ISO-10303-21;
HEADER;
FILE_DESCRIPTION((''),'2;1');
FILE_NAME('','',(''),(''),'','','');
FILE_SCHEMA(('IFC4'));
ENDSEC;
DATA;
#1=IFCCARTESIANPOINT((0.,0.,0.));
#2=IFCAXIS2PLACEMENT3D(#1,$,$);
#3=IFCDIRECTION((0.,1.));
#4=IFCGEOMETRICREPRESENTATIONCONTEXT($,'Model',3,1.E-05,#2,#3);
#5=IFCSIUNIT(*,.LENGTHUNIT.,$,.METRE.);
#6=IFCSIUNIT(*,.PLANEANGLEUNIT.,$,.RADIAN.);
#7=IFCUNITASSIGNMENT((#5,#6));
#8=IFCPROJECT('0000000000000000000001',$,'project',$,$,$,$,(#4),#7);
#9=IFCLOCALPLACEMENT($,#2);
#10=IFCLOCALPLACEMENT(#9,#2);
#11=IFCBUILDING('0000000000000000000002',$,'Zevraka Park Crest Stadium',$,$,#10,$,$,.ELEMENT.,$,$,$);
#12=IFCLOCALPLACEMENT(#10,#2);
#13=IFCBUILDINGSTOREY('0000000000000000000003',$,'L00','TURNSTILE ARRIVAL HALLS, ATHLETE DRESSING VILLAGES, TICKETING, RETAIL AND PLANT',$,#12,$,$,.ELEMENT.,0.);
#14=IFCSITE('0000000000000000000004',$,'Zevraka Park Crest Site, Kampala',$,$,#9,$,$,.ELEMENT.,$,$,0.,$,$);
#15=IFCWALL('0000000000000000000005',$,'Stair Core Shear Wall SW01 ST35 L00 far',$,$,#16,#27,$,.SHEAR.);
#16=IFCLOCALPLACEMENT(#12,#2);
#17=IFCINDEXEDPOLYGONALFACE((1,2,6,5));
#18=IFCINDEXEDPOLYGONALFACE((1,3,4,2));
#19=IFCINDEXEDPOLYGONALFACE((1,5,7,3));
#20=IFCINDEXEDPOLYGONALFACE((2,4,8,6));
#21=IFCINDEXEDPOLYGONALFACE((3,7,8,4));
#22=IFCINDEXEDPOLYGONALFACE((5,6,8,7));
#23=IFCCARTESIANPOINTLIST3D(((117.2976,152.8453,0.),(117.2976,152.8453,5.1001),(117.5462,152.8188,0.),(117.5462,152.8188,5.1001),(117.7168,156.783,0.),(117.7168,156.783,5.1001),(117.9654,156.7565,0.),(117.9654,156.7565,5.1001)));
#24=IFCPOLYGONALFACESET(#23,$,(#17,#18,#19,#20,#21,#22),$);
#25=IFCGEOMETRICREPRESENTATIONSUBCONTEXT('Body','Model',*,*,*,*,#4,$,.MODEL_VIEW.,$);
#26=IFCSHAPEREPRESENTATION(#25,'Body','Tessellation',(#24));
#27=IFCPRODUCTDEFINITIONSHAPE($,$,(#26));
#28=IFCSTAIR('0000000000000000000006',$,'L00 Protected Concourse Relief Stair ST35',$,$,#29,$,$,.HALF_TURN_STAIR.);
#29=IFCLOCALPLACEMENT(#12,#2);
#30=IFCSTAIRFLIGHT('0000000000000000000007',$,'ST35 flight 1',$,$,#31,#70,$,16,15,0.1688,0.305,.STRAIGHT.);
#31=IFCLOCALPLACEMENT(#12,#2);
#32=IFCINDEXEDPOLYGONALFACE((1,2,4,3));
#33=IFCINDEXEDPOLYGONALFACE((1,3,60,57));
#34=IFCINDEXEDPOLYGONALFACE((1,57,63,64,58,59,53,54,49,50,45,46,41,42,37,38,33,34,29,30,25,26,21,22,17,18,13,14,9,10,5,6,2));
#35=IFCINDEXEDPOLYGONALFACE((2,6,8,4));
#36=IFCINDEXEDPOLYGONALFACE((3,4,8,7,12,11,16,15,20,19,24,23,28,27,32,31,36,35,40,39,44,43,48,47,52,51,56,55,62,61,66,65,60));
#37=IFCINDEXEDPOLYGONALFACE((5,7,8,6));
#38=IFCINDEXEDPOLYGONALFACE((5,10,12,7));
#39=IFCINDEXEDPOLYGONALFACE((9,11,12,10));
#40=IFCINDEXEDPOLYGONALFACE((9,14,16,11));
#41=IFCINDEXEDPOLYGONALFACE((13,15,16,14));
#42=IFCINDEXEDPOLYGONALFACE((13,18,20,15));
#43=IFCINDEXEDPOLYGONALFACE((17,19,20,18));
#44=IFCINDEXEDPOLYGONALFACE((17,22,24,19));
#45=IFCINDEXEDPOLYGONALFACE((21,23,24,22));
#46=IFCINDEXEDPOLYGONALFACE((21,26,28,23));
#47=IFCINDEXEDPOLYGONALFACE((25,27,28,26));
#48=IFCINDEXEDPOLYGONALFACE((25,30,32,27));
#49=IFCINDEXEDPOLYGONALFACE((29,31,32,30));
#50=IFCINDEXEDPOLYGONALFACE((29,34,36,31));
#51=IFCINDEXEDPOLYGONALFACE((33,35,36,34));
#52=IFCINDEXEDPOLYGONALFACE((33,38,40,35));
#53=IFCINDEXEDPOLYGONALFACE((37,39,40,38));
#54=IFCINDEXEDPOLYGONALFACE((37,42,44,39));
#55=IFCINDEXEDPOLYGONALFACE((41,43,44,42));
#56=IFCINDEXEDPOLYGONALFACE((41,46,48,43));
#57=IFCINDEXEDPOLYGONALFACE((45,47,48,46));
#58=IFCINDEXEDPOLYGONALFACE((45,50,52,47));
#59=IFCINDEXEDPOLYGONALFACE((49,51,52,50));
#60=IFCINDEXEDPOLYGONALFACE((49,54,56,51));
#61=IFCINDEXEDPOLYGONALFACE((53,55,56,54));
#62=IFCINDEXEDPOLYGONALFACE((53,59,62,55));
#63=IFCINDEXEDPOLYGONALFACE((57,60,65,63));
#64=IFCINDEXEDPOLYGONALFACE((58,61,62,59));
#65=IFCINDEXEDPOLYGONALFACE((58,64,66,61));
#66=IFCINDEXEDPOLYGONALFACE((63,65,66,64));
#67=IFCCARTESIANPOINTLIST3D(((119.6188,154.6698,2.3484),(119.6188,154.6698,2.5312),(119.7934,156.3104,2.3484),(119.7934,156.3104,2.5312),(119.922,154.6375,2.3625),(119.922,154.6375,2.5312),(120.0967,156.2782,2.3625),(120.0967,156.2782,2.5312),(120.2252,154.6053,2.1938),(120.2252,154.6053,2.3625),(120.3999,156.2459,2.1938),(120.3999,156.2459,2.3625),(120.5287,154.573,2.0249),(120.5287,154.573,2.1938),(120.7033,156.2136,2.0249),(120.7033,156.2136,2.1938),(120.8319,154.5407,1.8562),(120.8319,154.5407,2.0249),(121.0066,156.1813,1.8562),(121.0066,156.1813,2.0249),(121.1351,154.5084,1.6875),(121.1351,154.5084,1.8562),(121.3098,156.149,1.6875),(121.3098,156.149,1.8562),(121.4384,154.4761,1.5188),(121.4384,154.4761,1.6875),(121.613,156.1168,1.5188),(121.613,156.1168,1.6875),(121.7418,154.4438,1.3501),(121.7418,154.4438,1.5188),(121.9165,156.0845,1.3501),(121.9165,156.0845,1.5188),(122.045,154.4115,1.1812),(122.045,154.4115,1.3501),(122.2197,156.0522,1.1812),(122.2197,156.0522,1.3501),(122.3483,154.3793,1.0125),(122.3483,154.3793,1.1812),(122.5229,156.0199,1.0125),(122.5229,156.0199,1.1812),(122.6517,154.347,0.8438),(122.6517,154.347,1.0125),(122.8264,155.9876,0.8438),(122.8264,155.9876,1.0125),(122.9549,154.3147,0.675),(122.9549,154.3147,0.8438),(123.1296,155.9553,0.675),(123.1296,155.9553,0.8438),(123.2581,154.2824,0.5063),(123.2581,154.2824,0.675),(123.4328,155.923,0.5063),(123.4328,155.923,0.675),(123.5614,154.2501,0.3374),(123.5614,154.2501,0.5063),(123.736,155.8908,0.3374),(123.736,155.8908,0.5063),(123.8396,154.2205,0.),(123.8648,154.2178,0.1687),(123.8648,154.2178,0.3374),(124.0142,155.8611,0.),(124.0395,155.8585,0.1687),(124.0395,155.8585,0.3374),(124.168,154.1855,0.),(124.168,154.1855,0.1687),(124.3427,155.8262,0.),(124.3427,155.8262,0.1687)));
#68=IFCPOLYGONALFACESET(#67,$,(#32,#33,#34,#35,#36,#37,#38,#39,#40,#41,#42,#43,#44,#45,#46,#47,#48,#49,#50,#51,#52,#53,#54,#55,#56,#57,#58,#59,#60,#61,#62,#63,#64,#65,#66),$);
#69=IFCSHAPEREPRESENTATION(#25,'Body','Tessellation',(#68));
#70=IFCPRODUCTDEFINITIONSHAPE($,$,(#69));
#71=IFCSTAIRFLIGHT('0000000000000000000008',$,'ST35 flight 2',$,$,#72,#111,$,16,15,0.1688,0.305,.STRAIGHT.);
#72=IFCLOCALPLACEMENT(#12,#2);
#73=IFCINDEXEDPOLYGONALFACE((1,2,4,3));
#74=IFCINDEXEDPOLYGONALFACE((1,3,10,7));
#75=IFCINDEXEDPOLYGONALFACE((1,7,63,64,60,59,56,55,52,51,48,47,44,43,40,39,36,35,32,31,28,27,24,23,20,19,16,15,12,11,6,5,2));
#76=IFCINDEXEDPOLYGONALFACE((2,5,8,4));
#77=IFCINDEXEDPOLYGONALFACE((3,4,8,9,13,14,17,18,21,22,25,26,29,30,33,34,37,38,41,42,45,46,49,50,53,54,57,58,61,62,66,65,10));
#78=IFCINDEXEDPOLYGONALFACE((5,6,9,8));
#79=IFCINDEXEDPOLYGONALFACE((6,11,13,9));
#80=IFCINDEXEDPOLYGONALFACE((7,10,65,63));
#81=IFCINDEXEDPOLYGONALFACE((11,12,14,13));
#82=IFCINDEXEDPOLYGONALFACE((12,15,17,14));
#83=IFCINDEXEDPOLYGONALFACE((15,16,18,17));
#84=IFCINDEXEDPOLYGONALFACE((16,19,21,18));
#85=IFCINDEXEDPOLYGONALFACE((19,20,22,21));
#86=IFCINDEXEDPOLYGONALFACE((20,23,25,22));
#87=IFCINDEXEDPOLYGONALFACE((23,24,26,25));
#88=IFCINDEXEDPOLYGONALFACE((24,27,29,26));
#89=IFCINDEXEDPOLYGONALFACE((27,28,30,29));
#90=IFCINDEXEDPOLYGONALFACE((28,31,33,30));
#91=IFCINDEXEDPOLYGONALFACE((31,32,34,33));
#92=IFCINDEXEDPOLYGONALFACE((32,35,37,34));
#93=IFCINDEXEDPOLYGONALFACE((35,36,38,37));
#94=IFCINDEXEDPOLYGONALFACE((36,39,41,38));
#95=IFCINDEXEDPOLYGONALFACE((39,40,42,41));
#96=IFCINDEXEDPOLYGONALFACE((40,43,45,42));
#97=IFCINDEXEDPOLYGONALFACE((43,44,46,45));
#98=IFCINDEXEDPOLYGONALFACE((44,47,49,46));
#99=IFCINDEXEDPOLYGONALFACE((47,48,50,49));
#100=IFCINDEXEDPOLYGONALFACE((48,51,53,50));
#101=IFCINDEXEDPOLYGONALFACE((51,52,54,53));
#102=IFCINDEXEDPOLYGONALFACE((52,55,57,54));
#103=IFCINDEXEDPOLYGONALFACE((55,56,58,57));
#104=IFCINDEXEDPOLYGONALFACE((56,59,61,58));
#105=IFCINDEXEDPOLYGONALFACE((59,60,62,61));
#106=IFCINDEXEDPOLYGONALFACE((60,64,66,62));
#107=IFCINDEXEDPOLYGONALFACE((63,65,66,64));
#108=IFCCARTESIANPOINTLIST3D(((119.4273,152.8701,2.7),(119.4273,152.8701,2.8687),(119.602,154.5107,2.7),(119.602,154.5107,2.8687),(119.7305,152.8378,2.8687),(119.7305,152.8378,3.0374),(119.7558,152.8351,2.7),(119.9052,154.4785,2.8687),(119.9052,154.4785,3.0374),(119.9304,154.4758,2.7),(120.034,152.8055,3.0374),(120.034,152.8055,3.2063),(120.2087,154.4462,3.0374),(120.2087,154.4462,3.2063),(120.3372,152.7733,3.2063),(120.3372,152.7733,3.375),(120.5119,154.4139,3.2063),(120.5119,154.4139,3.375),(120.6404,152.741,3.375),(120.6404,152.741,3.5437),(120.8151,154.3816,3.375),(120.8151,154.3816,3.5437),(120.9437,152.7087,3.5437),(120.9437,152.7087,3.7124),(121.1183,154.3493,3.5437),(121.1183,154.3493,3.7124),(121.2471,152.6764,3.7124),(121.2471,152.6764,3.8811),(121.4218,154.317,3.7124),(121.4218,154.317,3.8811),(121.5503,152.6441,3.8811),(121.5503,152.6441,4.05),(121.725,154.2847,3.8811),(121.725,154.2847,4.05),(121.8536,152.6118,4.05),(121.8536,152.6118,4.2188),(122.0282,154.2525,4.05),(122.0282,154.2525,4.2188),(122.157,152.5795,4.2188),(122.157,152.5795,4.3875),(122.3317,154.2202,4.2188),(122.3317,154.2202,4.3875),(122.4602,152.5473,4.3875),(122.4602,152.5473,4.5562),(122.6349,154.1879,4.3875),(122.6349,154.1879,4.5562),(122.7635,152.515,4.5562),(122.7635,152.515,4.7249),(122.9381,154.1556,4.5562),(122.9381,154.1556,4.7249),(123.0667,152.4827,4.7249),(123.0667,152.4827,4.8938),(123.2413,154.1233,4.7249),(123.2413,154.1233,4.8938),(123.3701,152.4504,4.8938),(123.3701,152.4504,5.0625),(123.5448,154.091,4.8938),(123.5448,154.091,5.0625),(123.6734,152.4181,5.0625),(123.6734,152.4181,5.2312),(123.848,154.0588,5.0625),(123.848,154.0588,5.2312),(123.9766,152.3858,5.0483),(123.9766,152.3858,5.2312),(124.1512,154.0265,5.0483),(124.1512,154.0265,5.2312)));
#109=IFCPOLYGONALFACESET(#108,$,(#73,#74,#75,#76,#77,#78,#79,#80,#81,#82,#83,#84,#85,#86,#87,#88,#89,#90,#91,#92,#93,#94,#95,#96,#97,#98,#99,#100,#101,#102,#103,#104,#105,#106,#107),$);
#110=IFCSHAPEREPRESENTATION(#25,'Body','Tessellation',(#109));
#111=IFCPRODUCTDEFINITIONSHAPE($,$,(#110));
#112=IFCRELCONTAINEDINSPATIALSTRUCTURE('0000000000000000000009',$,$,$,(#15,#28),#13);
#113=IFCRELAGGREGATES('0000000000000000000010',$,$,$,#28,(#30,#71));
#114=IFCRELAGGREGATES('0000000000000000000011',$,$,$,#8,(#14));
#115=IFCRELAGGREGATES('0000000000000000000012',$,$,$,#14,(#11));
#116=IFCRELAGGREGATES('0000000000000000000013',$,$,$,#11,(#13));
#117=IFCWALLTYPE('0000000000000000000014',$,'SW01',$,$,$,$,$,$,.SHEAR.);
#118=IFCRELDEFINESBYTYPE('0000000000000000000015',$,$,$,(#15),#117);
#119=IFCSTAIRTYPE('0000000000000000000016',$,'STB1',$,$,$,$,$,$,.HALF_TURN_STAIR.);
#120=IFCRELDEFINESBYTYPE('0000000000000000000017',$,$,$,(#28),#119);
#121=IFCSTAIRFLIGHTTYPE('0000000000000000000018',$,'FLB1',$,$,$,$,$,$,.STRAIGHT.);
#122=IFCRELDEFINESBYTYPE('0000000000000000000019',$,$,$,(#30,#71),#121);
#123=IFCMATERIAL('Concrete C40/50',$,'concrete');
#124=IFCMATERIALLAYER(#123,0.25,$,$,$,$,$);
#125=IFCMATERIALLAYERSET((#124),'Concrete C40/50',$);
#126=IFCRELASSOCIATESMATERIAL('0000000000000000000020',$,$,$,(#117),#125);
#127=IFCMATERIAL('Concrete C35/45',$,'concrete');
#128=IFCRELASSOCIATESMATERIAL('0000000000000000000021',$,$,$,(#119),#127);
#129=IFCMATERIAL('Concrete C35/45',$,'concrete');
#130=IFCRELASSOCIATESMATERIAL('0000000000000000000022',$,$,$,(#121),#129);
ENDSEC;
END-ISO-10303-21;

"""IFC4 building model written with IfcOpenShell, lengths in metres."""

from ifc_helpers import new_model, si_unit, direction, frame, frame_2d, origin, place, context, subcontext, project, spatial, polyline, rectangle, outline, extrude, material, layer, layer_set, type_object, element, aggregate, save


model = new_model("IFC4")

# Units and contexts
model_context = context("Model", 3, precision=1e-05, world=origin(), true_north=direction((0.0, 1.0)))
body_context = subcontext(model_context, "Body", "Model", "MODEL_VIEW")
ifc_project = project(units=[si_unit("LENGTHUNIT", "METRE"), si_unit("PLANEANGLEUNIT", "RADIAN")], contexts=[model_context])

# Site, building, storey
site_placement = place(None, origin())
site = spatial("IfcSite", under=ifc_project, at=site_placement, Name="Zevraka Park Crest Site, Kampala", CompositionType="ELEMENT", RefElevation=0.0)
building_placement = place(site_placement, origin())
building = spatial("IfcBuilding", under=site, at=building_placement, Name="Zevraka Park Crest Stadium", CompositionType="ELEMENT")
storey_placement = place(building_placement, origin())
storey = spatial("IfcBuildingStorey", under=building, at=storey_placement, Name="L00", Description="TURNSTILE ARRIVAL HALLS, ATHLETE DRESSING VILLAGES, TICKETING, RETAIL AND PLANT", CompositionType="ELEMENT", Elevation=0.0)

# Shared definitions
ifc_material_1 = material(Name="Concrete C40/50", Category="concrete")
ifc_layer = layer(ifc_material_1, 0.25)
ifc_layer_set = layer_set([ifc_layer], Name="Concrete C40/50")
wall_type = type_object("IfcWallType", Name="SW01", PredefinedType="SHEAR", material=ifc_layer_set)

# Wall
wall_1_placement = place(storey_placement, frame((117.8411, 156.7698, 0.0), z_axis=(0.0, 0.0, 1.0), x_axis=(-0.105856, -0.994381, 0.0)))
element("IfcWall", 1, at=wall_1_placement, inside=storey, type_object=wall_type, Name="Stair Core Shear Wall SW01 ST35 L00 far", PredefinedType="SHEAR", context=body_context, shape_type="SweptSolid", body=[
    extrude(rectangle(XDim=3.96, YDim=0.25, at=frame_2d((1.98, 0.0))), origin(), (0.0, 0.0, 1.0), 5.1001),
])

# Stair, stair flights
ifc_material_2 = material(Name="Concrete C35/45", Category="concrete")
stair_type = type_object("IfcStairType", Name="STB1", PredefinedType="HALF_TURN_STAIR", material=ifc_material_2)
stair_placement = place(storey_placement, origin())
stair = element("IfcStair", 2, at=stair_placement, inside=storey, type_object=stair_type, Name="L00 Protected Concourse Relief Stair ST35", PredefinedType="HALF_TURN_STAIR")
ifc_material_3 = material(Name="Concrete C35/45", Category="concrete")
stair_flight_type = type_object("IfcStairFlightType", Name="FLB1", PredefinedType="STRAIGHT", material=ifc_material_3)
stair_flight_1_placement = place(storey_placement, frame((124.2554, 155.0059, 0.0), z_axis=(0.0, 0.0, 1.0), x_axis=(-0.994382, 0.105853, 0.0)))
stair_flight_1 = element("IfcStairFlight", 3, at=stair_flight_1_placement, type_object=stair_flight_type, Name="ST35 flight 1", NumberOfRisers=16, NumberOfTreads=15, PredefinedType="STRAIGHT", RiserHeight=0.1688, TreadLength=0.305, context=body_context, shape_type="SweptSolid", body=[
    extrude(outline(polyline([(0.0, 0.0), (0.0, 0.1687), (0.3049, 0.1687), (0.3049, 0.3374), (0.6101, 0.3374), (0.6101, 0.5063), (0.915, 0.5063), (0.915, 0.675), (1.22, 0.675), (1.22, 0.8438), (1.5249, 0.8438), (1.5249, 1.0125), (1.8301, 1.0125), (1.8301, 1.1812), (2.135, 1.1812), (2.135, 1.3501), (2.4399, 1.3501), (2.4399, 1.5188), (2.7451, 1.5188), (2.7451, 1.6875), (3.05, 1.6875), (3.05, 1.8562), (3.355, 1.8562), (3.355, 2.0249), (3.6599, 2.0249), (3.6599, 2.1938), (3.9651, 2.1938), (3.9651, 2.3625), (4.27, 2.3625), (4.27, 2.5312), (4.575, 2.5312), (4.575, 2.7), (4.575, 2.3484), (0.3303, 0.0), (0.0, 0.0)])), frame((0.0, 0.825, 0.0), z_axis=(0.0, -1.0, 0.0), x_axis=(1.0, 0.0, 0.0)), (0.0, 0.0, 1.0), 1.6499),
])
stair_flight_2_placement = place(storey_placement, frame((119.5146, 153.6904, 2.7), z_axis=(0.0, 0.0, 1.0), x_axis=(0.994382, -0.105853, 0.0)))
stair_flight_2 = element("IfcStairFlight", 4, at=stair_flight_2_placement, type_object=stair_flight_type, Name="ST35 flight 2", NumberOfRisers=16, NumberOfTreads=15, PredefinedType="STRAIGHT", RiserHeight=0.1688, TreadLength=0.305, context=body_context, shape_type="SweptSolid", body=[
    extrude(outline(polyline([(0.0, 0.0), (0.0, 0.1687), (0.3049, 0.1687), (0.3049, 0.3374), (0.6101, 0.3374), (0.6101, 0.5063), (0.915, 0.5063), (0.915, 0.675), (1.22, 0.675), (1.22, 0.8438), (1.5249, 0.8438), (1.5249, 1.0125), (1.8301, 1.0125), (1.8301, 1.1812), (2.135, 1.1812), (2.135, 1.3501), (2.4399, 1.3501), (2.4399, 1.5188), (2.7451, 1.5188), (2.7451, 1.6875), (3.05, 1.6875), (3.05, 1.8562), (3.355, 1.8562), (3.355, 2.0249), (3.6599, 2.0249), (3.6599, 2.1938), (3.9651, 2.1938), (3.9651, 2.3625), (4.27, 2.3625), (4.27, 2.5312), (4.575, 2.5312), (4.575, 2.7), (4.575, 2.3484), (0.3303, 0.0), (0.0, 0.0)])), frame((0.0, 0.825, 0.0), z_axis=(0.0, -1.0, 0.0), x_axis=(1.0, 0.0, 0.0)), (0.0, 0.0, 1.0), 1.6499),
])
aggregate(stair, [stair_flight_1, stair_flight_2])

save(model, "model.ifc")
